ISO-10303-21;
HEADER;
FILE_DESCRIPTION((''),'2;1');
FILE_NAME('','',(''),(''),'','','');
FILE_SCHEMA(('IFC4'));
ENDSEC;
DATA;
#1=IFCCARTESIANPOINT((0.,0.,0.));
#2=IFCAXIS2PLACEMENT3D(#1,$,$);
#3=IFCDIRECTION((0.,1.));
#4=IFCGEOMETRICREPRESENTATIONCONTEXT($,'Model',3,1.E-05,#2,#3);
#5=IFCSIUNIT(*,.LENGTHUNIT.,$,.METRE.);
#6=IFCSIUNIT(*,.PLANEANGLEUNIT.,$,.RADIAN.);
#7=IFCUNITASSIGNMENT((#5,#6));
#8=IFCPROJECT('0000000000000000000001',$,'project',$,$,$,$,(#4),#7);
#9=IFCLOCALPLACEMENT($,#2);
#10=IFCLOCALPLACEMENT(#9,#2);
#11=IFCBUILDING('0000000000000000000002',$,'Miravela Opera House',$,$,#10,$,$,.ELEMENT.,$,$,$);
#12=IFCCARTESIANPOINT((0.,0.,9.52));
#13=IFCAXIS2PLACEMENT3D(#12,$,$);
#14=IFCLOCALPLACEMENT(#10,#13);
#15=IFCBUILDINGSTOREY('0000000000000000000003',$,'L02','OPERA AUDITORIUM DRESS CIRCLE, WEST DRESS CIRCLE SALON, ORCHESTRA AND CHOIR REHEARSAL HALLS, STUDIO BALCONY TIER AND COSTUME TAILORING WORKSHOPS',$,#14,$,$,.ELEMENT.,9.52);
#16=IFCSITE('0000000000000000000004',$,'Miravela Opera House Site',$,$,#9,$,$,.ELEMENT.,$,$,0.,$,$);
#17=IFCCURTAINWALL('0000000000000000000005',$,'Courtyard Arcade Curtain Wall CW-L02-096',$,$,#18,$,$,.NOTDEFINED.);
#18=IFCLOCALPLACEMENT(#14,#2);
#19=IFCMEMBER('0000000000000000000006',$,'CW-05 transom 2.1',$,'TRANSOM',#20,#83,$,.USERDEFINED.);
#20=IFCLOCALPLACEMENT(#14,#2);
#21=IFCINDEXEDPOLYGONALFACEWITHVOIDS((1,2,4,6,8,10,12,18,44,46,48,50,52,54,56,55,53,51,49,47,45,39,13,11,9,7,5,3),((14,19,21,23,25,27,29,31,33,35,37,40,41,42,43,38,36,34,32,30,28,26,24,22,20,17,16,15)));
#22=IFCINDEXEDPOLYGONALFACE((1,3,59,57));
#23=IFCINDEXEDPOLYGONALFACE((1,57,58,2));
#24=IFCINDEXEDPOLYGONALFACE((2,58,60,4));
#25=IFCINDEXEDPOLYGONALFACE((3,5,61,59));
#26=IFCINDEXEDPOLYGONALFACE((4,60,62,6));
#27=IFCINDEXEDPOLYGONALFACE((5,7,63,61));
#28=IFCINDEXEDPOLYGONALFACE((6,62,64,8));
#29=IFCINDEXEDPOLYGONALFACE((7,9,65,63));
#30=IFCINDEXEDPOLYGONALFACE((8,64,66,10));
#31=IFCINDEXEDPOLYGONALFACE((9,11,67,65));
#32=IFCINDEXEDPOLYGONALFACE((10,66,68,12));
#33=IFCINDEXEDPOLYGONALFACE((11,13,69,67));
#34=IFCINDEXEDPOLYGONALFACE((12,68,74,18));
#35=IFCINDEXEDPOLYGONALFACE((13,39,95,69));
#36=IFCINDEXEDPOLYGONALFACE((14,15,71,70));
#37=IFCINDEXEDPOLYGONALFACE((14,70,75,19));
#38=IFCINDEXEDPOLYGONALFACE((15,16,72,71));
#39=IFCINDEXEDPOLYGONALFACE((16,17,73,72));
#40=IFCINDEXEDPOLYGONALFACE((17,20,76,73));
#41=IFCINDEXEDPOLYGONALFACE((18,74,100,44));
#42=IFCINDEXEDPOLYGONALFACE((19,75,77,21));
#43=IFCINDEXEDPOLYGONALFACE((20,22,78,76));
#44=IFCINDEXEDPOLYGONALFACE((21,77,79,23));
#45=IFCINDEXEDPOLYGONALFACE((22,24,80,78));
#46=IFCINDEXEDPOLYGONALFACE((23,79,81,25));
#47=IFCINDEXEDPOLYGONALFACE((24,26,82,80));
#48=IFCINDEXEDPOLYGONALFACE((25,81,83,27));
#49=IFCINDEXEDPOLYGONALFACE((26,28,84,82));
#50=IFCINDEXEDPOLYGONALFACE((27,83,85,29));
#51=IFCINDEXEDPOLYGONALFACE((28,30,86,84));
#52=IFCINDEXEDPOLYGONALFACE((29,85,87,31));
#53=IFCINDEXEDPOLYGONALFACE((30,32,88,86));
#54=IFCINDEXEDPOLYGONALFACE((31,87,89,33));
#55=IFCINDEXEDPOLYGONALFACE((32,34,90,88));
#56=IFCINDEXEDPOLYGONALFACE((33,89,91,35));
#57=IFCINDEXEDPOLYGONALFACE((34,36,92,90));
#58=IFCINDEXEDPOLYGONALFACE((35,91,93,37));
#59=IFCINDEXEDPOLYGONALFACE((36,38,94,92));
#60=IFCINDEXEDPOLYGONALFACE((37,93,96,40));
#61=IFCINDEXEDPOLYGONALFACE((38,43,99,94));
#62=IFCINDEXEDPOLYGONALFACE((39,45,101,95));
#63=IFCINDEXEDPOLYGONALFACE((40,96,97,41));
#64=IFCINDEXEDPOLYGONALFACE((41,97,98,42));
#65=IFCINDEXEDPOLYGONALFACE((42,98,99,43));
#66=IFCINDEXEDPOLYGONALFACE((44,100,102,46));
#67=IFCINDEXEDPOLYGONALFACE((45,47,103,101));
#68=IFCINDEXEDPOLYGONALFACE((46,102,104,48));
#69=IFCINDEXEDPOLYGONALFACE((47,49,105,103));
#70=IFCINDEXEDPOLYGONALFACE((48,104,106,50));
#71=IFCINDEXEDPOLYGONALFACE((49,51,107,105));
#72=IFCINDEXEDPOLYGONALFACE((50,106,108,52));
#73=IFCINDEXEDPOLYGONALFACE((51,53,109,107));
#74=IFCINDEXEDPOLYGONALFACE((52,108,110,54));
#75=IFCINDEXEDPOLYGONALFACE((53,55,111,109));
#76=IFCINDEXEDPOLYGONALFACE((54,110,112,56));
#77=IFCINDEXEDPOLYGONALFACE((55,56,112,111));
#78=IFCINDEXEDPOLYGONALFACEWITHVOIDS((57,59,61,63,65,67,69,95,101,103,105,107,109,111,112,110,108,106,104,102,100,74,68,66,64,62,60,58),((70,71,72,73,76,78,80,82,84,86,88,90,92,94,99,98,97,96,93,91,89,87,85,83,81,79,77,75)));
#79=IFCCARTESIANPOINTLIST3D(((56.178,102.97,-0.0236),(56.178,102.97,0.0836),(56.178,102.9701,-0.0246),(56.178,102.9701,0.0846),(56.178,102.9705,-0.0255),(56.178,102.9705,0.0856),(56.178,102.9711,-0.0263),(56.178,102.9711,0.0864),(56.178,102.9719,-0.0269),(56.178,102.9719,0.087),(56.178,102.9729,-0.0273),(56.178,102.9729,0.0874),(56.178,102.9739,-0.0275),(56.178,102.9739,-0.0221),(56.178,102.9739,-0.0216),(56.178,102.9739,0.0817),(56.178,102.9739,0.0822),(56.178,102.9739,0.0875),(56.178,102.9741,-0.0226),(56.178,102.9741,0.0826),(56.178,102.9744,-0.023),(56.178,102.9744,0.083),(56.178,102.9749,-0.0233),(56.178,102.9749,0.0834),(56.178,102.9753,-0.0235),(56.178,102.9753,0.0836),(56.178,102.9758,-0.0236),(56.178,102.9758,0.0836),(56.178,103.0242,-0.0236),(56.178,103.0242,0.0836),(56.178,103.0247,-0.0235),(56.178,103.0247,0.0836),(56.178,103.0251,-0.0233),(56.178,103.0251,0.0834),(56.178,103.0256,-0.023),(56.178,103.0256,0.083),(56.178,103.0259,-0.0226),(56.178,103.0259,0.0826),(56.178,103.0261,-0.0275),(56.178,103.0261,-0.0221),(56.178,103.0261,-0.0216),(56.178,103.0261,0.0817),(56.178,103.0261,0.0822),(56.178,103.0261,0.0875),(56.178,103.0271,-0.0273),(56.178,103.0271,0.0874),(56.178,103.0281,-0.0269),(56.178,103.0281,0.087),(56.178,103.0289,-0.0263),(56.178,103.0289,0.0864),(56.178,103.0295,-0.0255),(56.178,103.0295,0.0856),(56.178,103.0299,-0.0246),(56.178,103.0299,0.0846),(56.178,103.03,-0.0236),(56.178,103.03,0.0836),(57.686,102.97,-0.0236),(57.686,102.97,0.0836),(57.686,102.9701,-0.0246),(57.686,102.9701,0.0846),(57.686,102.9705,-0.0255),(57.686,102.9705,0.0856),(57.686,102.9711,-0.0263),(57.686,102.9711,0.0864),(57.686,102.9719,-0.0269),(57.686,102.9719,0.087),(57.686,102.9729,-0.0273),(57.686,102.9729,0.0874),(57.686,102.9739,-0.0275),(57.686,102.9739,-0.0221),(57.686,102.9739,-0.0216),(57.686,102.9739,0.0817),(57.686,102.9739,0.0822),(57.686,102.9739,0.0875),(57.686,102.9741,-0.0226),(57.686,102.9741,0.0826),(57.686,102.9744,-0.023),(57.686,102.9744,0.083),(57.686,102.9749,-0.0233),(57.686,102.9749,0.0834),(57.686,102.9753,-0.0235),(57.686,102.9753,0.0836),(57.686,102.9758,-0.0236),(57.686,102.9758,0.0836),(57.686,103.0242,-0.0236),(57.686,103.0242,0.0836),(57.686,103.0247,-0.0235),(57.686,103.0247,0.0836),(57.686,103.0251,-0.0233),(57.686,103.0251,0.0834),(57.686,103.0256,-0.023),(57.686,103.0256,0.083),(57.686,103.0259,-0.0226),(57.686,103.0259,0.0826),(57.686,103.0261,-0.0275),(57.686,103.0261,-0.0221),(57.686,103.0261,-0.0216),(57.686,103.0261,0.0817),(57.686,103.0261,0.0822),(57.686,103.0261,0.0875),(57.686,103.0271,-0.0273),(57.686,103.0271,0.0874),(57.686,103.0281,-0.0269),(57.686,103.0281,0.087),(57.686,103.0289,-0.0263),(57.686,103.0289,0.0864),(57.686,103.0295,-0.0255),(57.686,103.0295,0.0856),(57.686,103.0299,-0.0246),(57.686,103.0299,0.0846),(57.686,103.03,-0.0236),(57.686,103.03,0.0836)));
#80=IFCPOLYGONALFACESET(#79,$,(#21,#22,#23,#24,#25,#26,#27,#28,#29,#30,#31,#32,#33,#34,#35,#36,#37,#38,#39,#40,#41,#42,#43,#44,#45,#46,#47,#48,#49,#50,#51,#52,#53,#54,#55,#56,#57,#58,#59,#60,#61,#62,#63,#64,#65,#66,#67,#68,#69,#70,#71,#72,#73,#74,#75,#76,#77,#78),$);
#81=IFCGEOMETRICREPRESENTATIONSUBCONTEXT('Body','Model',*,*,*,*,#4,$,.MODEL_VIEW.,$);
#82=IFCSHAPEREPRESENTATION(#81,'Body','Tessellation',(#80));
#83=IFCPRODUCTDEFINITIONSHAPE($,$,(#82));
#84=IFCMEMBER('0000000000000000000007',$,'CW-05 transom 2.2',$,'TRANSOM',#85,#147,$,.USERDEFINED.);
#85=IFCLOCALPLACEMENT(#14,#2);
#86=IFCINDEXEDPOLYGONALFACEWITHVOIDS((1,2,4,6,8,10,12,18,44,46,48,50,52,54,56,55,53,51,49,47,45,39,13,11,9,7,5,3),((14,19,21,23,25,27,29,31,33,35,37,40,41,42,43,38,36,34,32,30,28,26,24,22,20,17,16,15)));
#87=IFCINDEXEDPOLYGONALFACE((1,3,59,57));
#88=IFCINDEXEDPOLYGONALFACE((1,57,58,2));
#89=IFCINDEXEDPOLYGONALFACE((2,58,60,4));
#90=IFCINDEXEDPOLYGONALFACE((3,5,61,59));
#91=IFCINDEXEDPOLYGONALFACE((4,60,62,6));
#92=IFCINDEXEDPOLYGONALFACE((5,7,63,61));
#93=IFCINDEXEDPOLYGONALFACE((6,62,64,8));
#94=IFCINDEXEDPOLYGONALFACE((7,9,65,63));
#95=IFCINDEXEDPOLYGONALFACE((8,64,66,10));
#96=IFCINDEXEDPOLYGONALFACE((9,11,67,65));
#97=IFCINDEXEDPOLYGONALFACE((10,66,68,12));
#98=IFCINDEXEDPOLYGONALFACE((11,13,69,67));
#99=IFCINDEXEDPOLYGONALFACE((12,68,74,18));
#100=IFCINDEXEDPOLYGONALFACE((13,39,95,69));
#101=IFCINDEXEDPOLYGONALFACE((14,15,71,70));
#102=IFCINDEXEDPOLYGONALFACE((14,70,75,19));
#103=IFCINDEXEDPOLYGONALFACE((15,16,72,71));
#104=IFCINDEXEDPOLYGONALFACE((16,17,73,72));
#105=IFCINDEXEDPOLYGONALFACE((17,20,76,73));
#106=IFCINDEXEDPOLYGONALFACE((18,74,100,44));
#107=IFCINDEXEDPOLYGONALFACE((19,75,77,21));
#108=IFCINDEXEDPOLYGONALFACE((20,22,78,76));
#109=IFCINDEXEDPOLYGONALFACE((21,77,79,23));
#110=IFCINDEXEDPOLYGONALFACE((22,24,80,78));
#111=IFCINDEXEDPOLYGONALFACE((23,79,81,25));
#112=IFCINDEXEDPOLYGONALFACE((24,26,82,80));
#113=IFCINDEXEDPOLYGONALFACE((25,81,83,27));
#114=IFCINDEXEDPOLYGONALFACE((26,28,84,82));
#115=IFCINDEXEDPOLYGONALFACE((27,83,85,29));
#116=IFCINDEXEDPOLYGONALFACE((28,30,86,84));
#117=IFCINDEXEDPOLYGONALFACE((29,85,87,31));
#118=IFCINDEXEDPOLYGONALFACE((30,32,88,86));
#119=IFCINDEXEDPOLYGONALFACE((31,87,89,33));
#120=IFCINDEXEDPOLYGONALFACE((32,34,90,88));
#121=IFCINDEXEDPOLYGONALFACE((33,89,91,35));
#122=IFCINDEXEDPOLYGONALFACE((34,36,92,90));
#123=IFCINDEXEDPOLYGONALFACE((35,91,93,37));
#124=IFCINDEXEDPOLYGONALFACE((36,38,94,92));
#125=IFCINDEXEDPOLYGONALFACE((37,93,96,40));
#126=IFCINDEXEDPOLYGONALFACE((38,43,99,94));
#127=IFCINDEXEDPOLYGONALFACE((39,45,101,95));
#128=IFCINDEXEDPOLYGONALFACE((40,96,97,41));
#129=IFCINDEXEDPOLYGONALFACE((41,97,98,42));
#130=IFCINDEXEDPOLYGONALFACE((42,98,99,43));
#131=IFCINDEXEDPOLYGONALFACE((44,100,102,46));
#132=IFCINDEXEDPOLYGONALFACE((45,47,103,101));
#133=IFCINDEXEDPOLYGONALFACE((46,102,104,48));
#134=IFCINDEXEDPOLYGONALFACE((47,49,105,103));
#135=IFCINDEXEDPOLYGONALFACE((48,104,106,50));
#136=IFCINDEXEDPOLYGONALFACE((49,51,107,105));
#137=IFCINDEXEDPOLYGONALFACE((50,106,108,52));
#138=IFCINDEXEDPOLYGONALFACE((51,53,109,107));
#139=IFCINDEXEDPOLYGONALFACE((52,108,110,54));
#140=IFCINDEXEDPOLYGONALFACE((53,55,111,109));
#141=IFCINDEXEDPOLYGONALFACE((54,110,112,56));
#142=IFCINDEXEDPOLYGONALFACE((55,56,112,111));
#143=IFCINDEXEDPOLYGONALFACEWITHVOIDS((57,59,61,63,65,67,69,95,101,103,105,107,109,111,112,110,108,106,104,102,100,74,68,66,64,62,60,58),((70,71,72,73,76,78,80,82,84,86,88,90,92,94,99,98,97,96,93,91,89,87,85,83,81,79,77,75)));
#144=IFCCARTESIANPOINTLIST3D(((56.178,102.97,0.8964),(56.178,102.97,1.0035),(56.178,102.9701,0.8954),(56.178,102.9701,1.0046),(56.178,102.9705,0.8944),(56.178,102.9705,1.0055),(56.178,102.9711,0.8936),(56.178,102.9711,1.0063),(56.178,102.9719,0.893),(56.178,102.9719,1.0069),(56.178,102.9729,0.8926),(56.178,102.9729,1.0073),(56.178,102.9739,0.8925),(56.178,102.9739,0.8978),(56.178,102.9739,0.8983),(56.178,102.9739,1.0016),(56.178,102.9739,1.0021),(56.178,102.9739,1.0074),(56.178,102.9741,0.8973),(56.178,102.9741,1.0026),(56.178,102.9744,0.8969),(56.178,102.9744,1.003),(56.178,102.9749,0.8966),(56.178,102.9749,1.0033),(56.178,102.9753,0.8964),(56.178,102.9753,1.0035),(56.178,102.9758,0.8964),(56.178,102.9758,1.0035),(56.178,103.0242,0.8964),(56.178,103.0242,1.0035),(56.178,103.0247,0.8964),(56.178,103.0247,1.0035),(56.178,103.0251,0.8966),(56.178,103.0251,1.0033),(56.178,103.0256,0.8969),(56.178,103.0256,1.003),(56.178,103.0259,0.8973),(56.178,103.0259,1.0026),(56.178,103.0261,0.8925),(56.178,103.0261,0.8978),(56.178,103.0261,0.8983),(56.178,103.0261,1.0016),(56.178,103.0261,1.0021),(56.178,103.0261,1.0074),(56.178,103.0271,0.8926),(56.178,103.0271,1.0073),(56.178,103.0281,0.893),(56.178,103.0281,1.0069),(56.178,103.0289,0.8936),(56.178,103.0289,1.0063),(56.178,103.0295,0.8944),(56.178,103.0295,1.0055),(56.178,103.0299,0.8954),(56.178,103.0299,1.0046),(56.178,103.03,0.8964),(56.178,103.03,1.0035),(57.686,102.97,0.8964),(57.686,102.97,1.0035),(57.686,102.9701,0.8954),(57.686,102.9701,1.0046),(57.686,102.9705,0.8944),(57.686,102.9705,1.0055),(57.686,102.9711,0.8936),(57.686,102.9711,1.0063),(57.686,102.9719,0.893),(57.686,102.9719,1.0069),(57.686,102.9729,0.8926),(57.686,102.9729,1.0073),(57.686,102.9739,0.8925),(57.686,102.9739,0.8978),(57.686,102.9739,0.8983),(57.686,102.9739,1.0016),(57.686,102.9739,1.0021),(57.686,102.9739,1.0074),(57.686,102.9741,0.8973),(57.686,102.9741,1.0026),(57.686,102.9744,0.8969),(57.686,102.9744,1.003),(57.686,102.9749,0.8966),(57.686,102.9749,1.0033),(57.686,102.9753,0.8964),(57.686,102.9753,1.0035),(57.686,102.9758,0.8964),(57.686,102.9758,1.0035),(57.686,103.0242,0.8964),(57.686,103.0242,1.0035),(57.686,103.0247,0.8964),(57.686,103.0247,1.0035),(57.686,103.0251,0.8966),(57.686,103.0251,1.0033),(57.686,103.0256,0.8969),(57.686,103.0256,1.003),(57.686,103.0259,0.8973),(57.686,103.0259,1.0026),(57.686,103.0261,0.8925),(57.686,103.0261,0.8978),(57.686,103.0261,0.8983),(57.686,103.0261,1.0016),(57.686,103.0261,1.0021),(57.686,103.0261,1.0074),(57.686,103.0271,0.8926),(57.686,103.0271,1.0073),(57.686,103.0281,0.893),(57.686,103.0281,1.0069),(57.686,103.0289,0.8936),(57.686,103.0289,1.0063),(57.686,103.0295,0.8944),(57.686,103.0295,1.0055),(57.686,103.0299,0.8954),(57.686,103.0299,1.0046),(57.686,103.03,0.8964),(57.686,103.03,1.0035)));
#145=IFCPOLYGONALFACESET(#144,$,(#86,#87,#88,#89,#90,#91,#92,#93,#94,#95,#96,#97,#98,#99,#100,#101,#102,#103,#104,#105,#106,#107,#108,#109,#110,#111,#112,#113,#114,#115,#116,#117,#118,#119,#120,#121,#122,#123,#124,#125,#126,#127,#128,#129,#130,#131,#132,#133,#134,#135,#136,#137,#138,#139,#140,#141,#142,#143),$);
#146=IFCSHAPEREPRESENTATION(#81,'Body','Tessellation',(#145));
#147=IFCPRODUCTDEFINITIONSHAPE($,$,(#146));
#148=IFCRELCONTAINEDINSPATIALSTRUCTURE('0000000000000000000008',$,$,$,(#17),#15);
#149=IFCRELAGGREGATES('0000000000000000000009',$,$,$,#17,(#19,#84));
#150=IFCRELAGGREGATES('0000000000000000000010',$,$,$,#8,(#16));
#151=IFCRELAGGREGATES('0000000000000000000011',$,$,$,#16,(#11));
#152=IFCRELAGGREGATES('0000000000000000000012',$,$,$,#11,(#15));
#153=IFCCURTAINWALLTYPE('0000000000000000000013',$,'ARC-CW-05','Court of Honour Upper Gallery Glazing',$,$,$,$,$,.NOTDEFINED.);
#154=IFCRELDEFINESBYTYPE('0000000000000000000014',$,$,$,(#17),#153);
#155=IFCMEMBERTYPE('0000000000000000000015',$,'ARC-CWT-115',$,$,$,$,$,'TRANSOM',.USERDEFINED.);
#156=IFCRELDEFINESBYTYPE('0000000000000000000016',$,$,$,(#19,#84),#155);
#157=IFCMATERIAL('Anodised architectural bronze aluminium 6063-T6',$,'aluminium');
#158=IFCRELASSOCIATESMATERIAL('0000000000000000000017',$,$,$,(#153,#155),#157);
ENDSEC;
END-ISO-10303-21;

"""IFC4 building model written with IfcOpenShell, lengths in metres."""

from ifc_helpers import new_model, si_unit, direction, frame, origin, origin_2d, place, context, subcontext, project, spatial, hollow_rectangle, extrude, material, material_profile, profile_set, type_object, element, aggregate, save


model = new_model("IFC4")

# Units and contexts
model_context = context("Model", 3, precision=1e-05, world=origin(), true_north=direction((0.0, 1.0)))
body_context = subcontext(model_context, "Body", "Model", "MODEL_VIEW")
ifc_project = project(units=[si_unit("LENGTHUNIT", "METRE"), si_unit("PLANEANGLEUNIT", "RADIAN")], contexts=[model_context])

# Site, building, storey
site_placement = place(None, origin())
site = spatial("IfcSite", under=ifc_project, at=site_placement, Name="Miravela Opera House Site", CompositionType="ELEMENT", RefElevation=0.0)
building_placement = place(site_placement, origin())
building = spatial("IfcBuilding", under=site, at=building_placement, Name="Miravela Opera House", CompositionType="ELEMENT")
storey_placement = place(building_placement, frame((0.0, 0.0, 9.52)))
storey = spatial("IfcBuildingStorey", under=building, at=storey_placement, Name="L02", Description="OPERA AUDITORIUM DRESS CIRCLE, WEST DRESS CIRCLE SALON, ORCHESTRA AND CHOIR REHEARSAL HALLS, STUDIO BALCONY TIER AND COSTUME TAILORING WORKSHOPS", CompositionType="ELEMENT", Elevation=9.52)

# Shared definitions
ifc_material_1 = material(Name="Anodised architectural bronze aluminium 6063-T6", Category="aluminium")
curtain_wall_type = type_object("IfcCurtainWallType", Name="ARC-CW-05", Description="Court of Honour Upper Gallery Glazing", PredefinedType="NOTDEFINED", material=ifc_material_1)

# Curtain wall
curtain_wall_1_placement = place(storey_placement, origin())
curtain_wall_1 = element("IfcCurtainWall", 1, at=curtain_wall_1_placement, inside=storey, type_object=curtain_wall_type, Name="Courtyard Arcade Curtain Wall CW-L02-096", PredefinedType="NOTDEFINED")

# Members
ifc_material_profile_1 = material_profile(ifc_material_1, hollow_rectangle(XDim=0.0601, YDim=0.115, WallThickness=0.0039, InnerFilletRadius=0.002, OuterFilletRadius=0.0039, at=origin_2d()), Name="CWT-60X115")
ifc_profile_set_1 = profile_set([ifc_material_profile_1])
member_type_1 = type_object("IfcMemberType", Name="ARC-CWT-115", ElementType="TRANSOM", PredefinedType="USERDEFINED", material=ifc_profile_set_1)
member_1_placement = place(storey_placement, frame((56.178, 103.0, 0.03), z_axis=(1.0, 0.0, 0.0), x_axis=(0.0, 1.0, 0.0)))
member_1 = element("IfcMember", 2, at=member_1_placement, type_object=member_type_1, Name="CW-05 transom 2.1", ObjectType="TRANSOM", PredefinedType="USERDEFINED", context=body_context, shape_type="SweptSolid", body=[
    extrude(hollow_rectangle(XDim=0.0601, YDim=0.115, WallThickness=0.0039, InnerFilletRadius=0.002, OuterFilletRadius=0.0039, at=origin_2d()), origin(), (0.0, 0.0, 1.0), 1.5081),
])
member_2_placement = place(storey_placement, frame((56.178, 103.0, 0.95), z_axis=(1.0, 0.0, 0.0), x_axis=(0.0, 1.0, 0.0)))
member_2 = element("IfcMember", 3, at=member_2_placement, type_object=member_type_1, Name="CW-05 transom 2.2", ObjectType="TRANSOM", PredefinedType="USERDEFINED", context=body_context, shape_type="SweptSolid", body=[
    extrude(hollow_rectangle(XDim=0.0601, YDim=0.115, WallThickness=0.0039, InnerFilletRadius=0.002, OuterFilletRadius=0.0039, at=origin_2d()), origin(), (0.0, 0.0, 1.0), 1.5081),
])

aggregate(curtain_wall_1, [member_1, member_2])

save(model, "model.ifc")
